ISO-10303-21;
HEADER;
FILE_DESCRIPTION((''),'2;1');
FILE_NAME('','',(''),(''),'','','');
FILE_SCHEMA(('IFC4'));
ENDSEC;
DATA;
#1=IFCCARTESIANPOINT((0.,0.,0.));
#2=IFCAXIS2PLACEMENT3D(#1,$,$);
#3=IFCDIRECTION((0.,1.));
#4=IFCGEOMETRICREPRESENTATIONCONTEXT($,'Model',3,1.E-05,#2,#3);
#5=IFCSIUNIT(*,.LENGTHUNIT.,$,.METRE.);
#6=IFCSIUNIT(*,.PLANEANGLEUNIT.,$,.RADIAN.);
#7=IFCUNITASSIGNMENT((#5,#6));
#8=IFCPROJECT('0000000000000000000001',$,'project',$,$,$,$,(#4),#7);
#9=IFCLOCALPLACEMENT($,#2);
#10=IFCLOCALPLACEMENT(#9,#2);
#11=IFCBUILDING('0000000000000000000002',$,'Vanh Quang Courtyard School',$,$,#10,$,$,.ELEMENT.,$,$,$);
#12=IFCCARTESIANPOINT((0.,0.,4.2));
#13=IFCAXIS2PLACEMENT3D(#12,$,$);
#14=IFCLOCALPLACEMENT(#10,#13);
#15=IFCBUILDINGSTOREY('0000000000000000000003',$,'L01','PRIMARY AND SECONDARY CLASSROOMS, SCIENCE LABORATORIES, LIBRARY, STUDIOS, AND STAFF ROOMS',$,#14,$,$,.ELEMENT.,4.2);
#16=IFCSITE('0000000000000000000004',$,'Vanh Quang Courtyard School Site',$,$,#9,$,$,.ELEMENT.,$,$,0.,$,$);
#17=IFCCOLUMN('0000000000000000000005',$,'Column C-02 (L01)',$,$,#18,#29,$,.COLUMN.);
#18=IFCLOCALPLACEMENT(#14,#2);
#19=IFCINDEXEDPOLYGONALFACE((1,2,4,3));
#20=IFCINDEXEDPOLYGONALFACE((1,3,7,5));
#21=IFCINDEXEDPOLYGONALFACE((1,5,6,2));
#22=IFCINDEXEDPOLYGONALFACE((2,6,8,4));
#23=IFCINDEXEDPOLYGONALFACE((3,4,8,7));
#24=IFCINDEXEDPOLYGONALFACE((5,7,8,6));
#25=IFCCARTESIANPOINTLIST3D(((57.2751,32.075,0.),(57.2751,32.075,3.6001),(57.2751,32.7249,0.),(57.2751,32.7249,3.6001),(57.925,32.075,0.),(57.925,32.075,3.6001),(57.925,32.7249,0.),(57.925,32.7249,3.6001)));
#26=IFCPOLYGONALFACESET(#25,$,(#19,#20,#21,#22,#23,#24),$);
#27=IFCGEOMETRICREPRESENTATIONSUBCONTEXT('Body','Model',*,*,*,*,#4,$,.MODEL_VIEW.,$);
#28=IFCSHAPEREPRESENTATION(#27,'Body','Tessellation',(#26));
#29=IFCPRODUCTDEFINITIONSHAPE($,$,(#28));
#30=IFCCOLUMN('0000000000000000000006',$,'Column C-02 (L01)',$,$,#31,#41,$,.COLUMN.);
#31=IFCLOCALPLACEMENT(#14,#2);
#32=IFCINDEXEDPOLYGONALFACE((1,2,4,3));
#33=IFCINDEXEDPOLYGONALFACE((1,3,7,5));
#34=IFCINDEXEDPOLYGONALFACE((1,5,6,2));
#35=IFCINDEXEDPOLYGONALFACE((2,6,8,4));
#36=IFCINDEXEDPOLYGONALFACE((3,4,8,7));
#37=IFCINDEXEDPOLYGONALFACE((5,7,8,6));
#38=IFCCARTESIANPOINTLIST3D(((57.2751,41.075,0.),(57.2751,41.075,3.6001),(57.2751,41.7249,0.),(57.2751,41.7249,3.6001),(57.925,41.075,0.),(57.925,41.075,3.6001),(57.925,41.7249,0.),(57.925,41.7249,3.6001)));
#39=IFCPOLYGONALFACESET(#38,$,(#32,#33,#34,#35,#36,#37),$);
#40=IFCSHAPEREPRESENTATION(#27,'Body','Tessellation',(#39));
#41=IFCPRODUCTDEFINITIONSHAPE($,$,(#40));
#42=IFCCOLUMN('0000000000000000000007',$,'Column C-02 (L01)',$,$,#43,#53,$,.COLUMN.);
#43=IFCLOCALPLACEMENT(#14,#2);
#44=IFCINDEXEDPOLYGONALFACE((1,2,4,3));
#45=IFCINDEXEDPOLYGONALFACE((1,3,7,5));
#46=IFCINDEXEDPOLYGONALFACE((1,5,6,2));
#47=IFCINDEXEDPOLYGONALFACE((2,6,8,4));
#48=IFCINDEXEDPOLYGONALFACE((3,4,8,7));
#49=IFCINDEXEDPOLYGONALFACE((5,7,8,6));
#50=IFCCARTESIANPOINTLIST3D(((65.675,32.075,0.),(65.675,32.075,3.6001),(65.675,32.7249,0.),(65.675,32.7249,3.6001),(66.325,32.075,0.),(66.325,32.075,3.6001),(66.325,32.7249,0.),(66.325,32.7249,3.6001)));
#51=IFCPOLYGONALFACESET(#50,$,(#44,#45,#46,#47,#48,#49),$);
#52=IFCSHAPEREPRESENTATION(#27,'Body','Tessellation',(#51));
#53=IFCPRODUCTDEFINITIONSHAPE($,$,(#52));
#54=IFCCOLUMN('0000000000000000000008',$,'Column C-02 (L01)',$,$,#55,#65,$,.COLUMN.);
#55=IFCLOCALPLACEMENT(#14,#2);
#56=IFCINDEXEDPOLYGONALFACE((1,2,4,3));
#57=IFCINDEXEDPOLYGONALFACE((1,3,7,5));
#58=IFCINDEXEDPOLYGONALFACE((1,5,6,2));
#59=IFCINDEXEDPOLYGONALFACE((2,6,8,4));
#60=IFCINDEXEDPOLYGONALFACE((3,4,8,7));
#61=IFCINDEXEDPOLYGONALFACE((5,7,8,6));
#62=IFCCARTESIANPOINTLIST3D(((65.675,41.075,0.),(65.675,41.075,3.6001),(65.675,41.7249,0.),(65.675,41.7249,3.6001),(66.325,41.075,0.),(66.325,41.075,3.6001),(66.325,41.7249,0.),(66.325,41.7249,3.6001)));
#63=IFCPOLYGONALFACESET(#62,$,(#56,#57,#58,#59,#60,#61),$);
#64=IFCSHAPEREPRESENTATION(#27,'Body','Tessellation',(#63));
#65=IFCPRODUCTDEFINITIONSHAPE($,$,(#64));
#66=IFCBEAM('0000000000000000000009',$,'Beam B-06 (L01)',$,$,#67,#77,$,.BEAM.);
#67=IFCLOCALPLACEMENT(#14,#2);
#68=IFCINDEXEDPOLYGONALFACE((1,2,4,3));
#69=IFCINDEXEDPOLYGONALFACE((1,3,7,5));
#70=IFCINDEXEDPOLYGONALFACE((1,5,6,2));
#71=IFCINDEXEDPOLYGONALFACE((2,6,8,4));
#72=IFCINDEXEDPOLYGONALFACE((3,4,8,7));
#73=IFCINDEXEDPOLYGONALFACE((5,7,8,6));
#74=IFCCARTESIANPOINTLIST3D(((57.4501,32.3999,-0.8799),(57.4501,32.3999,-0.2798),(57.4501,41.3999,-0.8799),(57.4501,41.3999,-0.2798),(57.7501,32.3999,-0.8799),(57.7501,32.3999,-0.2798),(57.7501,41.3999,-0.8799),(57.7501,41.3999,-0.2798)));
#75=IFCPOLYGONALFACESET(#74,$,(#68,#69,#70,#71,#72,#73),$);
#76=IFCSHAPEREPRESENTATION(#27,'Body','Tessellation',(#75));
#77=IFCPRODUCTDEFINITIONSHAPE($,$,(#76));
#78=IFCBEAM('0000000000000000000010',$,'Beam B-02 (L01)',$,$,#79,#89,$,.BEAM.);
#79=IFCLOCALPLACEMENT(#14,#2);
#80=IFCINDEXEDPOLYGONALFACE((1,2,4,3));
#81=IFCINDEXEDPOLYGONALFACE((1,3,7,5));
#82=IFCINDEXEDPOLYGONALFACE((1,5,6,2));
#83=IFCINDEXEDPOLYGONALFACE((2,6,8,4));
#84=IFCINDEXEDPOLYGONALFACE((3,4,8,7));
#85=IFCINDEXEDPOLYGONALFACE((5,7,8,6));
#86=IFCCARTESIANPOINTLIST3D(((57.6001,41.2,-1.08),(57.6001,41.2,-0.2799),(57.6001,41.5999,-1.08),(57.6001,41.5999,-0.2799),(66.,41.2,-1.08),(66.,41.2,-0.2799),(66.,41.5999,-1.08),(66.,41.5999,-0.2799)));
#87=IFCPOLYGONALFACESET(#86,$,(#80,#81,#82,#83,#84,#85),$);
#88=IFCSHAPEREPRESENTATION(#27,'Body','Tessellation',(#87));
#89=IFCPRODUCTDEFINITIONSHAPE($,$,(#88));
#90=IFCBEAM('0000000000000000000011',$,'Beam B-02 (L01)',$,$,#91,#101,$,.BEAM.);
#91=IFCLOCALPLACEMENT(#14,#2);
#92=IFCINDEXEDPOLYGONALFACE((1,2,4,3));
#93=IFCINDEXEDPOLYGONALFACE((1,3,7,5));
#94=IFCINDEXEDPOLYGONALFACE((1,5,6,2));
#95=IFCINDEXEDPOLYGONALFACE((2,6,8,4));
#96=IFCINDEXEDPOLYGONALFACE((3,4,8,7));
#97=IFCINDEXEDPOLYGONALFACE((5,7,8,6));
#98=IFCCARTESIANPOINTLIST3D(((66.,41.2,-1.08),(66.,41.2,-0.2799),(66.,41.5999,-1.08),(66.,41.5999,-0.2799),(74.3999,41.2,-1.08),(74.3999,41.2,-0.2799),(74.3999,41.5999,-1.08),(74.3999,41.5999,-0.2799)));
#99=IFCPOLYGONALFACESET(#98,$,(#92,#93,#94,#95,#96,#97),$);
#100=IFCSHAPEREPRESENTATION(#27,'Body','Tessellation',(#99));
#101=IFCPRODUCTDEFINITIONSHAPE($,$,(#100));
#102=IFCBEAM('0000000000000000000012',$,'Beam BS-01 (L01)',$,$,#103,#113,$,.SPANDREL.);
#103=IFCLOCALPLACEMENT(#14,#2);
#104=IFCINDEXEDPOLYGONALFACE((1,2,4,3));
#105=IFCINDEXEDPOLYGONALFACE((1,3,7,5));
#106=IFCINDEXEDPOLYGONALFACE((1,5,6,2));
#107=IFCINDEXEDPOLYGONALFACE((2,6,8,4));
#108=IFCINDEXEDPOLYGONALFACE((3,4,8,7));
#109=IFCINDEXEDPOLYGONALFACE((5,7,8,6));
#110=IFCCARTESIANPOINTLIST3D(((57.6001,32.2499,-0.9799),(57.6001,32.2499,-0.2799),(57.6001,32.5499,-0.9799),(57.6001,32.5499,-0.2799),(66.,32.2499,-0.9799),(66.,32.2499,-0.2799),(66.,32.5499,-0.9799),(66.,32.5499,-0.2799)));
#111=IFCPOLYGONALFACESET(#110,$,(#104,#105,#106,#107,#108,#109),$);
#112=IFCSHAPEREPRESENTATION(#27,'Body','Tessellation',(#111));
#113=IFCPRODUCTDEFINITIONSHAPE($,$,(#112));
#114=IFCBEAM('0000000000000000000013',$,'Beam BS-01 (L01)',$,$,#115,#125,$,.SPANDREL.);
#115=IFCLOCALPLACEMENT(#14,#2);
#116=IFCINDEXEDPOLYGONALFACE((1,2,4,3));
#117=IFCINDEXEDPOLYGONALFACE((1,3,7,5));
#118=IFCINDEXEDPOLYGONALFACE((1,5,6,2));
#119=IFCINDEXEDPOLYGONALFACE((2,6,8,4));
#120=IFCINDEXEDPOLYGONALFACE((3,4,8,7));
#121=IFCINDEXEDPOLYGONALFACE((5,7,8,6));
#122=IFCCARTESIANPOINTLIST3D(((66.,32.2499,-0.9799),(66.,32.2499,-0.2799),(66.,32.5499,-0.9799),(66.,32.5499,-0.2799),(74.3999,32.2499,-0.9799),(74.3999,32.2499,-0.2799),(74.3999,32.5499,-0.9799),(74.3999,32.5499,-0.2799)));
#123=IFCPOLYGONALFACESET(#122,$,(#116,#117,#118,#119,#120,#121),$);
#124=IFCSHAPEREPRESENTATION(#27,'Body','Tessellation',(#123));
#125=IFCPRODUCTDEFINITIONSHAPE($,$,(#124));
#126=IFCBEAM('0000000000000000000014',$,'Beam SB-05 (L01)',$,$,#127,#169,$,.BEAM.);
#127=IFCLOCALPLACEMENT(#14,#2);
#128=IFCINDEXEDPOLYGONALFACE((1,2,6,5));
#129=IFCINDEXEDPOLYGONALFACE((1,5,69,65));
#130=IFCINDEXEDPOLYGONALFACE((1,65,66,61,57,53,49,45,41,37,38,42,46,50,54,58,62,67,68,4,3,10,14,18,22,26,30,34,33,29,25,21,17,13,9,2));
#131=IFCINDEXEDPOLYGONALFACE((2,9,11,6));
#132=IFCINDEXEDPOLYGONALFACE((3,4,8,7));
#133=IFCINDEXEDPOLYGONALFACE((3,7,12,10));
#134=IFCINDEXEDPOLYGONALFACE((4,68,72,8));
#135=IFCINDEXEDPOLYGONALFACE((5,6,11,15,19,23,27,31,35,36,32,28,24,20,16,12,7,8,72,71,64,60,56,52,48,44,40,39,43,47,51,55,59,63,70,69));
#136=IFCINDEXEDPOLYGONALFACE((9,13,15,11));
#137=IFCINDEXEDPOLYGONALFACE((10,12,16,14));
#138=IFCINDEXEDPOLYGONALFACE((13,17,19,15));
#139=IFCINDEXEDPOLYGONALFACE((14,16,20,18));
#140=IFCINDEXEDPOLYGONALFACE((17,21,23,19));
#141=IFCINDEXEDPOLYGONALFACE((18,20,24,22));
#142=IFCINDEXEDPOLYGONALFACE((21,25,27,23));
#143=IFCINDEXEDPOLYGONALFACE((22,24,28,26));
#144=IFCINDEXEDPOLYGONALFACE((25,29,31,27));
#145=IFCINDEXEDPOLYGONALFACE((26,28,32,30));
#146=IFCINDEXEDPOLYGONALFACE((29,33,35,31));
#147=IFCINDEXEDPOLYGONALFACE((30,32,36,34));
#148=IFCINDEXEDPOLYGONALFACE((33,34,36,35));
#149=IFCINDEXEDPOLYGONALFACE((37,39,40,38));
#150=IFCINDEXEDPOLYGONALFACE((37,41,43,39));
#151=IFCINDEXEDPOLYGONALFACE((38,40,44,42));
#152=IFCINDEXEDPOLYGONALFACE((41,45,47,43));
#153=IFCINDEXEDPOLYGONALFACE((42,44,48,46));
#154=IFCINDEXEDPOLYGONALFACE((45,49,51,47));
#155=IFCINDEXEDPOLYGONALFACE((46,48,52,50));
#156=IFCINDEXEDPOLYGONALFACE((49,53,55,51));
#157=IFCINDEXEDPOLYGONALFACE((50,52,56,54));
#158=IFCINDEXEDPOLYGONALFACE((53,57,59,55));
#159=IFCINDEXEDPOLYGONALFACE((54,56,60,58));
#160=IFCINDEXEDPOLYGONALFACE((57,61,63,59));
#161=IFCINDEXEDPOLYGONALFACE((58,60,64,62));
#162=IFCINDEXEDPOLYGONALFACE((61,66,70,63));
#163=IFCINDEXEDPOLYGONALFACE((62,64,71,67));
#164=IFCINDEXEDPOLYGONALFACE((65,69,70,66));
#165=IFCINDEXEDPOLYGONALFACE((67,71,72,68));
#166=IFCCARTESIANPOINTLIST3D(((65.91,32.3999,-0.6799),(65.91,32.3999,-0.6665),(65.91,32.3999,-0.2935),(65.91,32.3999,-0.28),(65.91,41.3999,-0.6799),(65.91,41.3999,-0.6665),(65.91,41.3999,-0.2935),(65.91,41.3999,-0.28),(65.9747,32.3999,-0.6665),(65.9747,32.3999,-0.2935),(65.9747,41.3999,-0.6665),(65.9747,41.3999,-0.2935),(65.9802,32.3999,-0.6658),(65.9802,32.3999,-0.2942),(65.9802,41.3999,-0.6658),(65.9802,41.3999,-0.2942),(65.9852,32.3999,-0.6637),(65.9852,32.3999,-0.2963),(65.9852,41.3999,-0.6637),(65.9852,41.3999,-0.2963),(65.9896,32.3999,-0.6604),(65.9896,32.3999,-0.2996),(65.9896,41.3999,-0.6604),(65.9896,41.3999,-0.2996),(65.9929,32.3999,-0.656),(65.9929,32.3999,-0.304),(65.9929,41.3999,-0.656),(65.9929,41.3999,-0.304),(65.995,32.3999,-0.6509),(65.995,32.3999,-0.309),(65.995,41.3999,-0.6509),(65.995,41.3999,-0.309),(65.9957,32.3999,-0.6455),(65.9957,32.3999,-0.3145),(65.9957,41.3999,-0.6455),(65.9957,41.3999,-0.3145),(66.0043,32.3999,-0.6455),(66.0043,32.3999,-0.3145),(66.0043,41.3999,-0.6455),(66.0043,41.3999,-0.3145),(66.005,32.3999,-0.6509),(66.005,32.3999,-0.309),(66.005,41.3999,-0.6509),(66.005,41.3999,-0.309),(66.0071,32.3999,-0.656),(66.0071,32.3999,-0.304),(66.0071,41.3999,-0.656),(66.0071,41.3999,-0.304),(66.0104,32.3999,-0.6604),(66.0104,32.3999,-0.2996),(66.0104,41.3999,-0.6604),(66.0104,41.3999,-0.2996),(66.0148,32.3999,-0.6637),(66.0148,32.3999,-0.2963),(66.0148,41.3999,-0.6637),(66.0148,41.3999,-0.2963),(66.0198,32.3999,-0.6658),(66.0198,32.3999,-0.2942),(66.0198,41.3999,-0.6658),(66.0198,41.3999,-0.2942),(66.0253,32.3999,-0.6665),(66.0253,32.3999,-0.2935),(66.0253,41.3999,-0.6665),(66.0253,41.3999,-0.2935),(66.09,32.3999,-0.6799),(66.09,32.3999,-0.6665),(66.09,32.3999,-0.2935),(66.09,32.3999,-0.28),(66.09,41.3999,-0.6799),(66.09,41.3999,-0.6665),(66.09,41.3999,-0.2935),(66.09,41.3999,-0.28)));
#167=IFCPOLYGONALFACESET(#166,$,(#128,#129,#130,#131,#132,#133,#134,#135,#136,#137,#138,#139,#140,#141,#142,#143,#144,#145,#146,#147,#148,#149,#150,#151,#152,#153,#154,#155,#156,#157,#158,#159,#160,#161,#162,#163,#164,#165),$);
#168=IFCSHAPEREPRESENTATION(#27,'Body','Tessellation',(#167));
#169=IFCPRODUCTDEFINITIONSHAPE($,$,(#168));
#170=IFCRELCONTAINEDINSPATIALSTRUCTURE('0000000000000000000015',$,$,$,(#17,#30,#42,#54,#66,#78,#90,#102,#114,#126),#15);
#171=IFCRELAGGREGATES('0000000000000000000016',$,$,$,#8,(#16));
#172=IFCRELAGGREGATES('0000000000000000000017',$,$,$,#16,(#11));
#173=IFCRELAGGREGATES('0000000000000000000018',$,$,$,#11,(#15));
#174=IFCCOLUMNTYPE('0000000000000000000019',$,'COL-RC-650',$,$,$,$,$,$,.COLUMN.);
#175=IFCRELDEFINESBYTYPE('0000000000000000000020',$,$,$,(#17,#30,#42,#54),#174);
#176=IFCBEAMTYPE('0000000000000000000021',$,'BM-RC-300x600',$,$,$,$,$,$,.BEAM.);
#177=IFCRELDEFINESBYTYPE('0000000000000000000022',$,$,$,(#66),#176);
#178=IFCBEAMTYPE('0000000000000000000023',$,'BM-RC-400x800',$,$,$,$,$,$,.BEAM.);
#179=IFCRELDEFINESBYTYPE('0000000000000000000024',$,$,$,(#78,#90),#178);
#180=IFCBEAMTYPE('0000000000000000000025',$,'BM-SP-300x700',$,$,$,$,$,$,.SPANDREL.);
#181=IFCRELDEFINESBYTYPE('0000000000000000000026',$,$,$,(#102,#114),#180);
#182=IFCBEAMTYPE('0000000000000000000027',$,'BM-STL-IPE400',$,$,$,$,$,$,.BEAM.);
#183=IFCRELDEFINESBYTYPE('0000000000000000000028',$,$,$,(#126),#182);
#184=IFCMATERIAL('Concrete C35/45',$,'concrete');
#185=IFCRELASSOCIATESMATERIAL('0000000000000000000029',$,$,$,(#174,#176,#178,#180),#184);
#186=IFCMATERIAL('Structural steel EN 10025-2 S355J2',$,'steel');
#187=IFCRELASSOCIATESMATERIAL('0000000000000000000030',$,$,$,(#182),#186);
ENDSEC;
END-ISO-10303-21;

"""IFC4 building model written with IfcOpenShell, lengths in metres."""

from ifc_helpers import new_model, si_unit, direction, frame, origin, origin_2d, place, context, subcontext, project, spatial, rectangle, i_section, extrude, material, material_profile, profile_set, type_object, element, save


model = new_model("IFC4")

# Units and contexts
model_context = context("Model", 3, precision=1e-05, world=origin(), true_north=direction((0.0, 1.0)))
body_context = subcontext(model_context, "Body", "Model", "MODEL_VIEW")
ifc_project = project(units=[si_unit("LENGTHUNIT", "METRE"), si_unit("PLANEANGLEUNIT", "RADIAN")], contexts=[model_context])

# Site, building, storey
site_placement = place(None, origin())
site = spatial("IfcSite", under=ifc_project, at=site_placement, Name="Vanh Quang Courtyard School Site", CompositionType="ELEMENT", RefElevation=0.0)
building_placement = place(site_placement, origin())
building = spatial("IfcBuilding", under=site, at=building_placement, Name="Vanh Quang Courtyard School", CompositionType="ELEMENT")
storey_placement = place(building_placement, frame((0.0, 0.0, 4.2)))
storey = spatial("IfcBuildingStorey", under=building, at=storey_placement, Name="L01", Description="PRIMARY AND SECONDARY CLASSROOMS, SCIENCE LABORATORIES, LIBRARY, STUDIOS, AND STAFF ROOMS", CompositionType="ELEMENT", Elevation=4.2)

# Columns
ifc_material_1 = material(Name="Concrete C35/45", Category="concrete")
ifc_material_profile_1 = material_profile(ifc_material_1, rectangle(XDim=0.6499, YDim=0.6499, at=origin_2d()), Name="RC-COL 650x650")
ifc_profile_set_1 = profile_set([ifc_material_profile_1], Name="Concrete C35/45")
column_type = type_object("IfcColumnType", Name="COL-RC-650", PredefinedType="COLUMN", material=ifc_profile_set_1)
for number, where, z_axis, x_axis, name in (
    (1, (57.6001, 32.3999, 0.0), (0.0, 0.0, 1.0), (1.0, 0.0, 0.0), "Column C-02 (L01)"),
    (2, (57.6001, 41.3999, 0.0), (0.0, 0.0, 1.0), (1.0, 0.0, 0.0), "Column C-02 (L01)"),
    (3, (66.0, 32.3999, 0.0), (0.0, 0.0, 1.0), (1.0, 0.0, 0.0), "Column C-02 (L01)"),
    (4, (66.0, 41.3999, 0.0), (0.0, 0.0, 1.0), (1.0, 0.0, 0.0), "Column C-02 (L01)"),
):
    element("IfcColumn", number, at=place(storey_placement, frame(where, z_axis=z_axis, x_axis=x_axis)), inside=storey, type_object=column_type, Name=name, PredefinedType="COLUMN", context=body_context, shape_type="SweptSolid", body=[
        extrude(rectangle(XDim=0.6499, YDim=0.6499, at=origin_2d()), origin(), (0.0, 0.0, 1.0), 3.6001),
    ])

# Beams
ifc_material_profile_2 = material_profile(ifc_material_1, rectangle(XDim=0.3, YDim=0.6001, at=origin_2d()), Name="RC-BM 300x600")
ifc_profile_set_2 = profile_set([ifc_material_profile_2], Name="Concrete C35/45")
beam_type_1 = type_object("IfcBeamType", Name="BM-RC-300x600", PredefinedType="BEAM", material=ifc_profile_set_2)
beam_placement = place(storey_placement, frame((57.6001, 32.3999, -0.5798), z_axis=(0.0, 1.0, 0.0), x_axis=(-1.0, 0.0, 0.0)))
element("IfcBeam", 5, at=beam_placement, inside=storey, type_object=beam_type_1, Name="Beam B-06 (L01)", PredefinedType="BEAM", context=body_context, shape_type="SweptSolid", body=[
    extrude(rectangle(XDim=0.3, YDim=0.6001, at=origin_2d()), origin(), (0.0, 0.0, 1.0), 9.0),
])
ifc_material_profile_3 = material_profile(ifc_material_1, rectangle(XDim=0.3999, YDim=0.8, at=origin_2d()), Name="RC-BM 400x800")
ifc_profile_set_3 = profile_set([ifc_material_profile_3], Name="Concrete C35/45")
beam_type_2 = type_object("IfcBeamType", Name="BM-RC-400x800", PredefinedType="BEAM", material=ifc_profile_set_3)
for number, where, z_axis, x_axis, name in (
    (6, (57.6001, 41.3999, -0.6799), (1.0, 0.0, 0.0), (0.0, 1.0, 0.0), "Beam B-02 (L01)"),
    (7, (66.0, 41.3999, -0.6799), (1.0, 0.0, 0.0), (0.0, 1.0, 0.0), "Beam B-02 (L01)"),
):
    element("IfcBeam", number, at=place(storey_placement, frame(where, z_axis=z_axis, x_axis=x_axis)), inside=storey, type_object=beam_type_2, Name=name, PredefinedType="BEAM", context=body_context, shape_type="SweptSolid", body=[
        extrude(rectangle(XDim=0.3999, YDim=0.8, at=origin_2d()), origin(), (0.0, 0.0, 1.0), 8.3999),
    ])
ifc_material_profile_4 = material_profile(ifc_material_1, rectangle(XDim=0.3, YDim=0.7, at=origin_2d()), Name="RC-SP 300x700")
ifc_profile_set_4 = profile_set([ifc_material_profile_4], Name="Concrete C35/45")
beam_type_3 = type_object("IfcBeamType", Name="BM-SP-300x700", PredefinedType="SPANDREL", material=ifc_profile_set_4)
for number, where, z_axis, x_axis, name in (
    (8, (57.6001, 32.3999, -0.6299), (1.0, 0.0, 0.0), (0.0, 1.0, 0.0), "Beam BS-01 (L01)"),
    (9, (66.0, 32.3999, -0.6299), (1.0, 0.0, 0.0), (0.0, 1.0, 0.0), "Beam BS-01 (L01)"),
):
    element("IfcBeam", number, at=place(storey_placement, frame(where, z_axis=z_axis, x_axis=x_axis)), inside=storey, type_object=beam_type_3, Name=name, PredefinedType="SPANDREL", context=body_context, shape_type="SweptSolid", body=[
        extrude(rectangle(XDim=0.3, YDim=0.7, at=origin_2d()), origin(), (0.0, 0.0, 1.0), 8.3999),
    ])
ifc_material_2 = material(Name="Structural steel EN 10025-2 S355J2", Category="steel")
ifc_material_profile_5 = material_profile(ifc_material_2, i_section(OverallWidth=0.1799, OverallDepth=0.3999, WebThickness=0.0085, FlangeThickness=0.0134, FilletRadius=0.021, at=origin_2d()), Name="IPE 400")
ifc_profile_set_5 = profile_set([ifc_material_profile_5], Name="Structural steel EN 10025-2 S355J2")
beam_type_4 = type_object("IfcBeamType", Name="BM-STL-IPE400", PredefinedType="BEAM", material=ifc_profile_set_5)
for number, where, z_axis, x_axis, name in (
    (10, (66.0, 32.3999, -0.48), (0.0, 1.0, 0.0), (-1.0, 0.0, 0.0), "Beam SB-05 (L01)"),
):
    element("IfcBeam", number, at=place(storey_placement, frame(where, z_axis=z_axis, x_axis=x_axis)), inside=storey, type_object=beam_type_4, Name=name, PredefinedType="BEAM", context=body_context, shape_type="SweptSolid", body=[
        extrude(i_section(OverallWidth=0.1799, OverallDepth=0.3999, WebThickness=0.0085, FlangeThickness=0.0134, FilletRadius=0.021, at=origin_2d()), origin(), (0.0, 0.0, 1.0), 9.0),
    ])

save(model, "model.ifc")
